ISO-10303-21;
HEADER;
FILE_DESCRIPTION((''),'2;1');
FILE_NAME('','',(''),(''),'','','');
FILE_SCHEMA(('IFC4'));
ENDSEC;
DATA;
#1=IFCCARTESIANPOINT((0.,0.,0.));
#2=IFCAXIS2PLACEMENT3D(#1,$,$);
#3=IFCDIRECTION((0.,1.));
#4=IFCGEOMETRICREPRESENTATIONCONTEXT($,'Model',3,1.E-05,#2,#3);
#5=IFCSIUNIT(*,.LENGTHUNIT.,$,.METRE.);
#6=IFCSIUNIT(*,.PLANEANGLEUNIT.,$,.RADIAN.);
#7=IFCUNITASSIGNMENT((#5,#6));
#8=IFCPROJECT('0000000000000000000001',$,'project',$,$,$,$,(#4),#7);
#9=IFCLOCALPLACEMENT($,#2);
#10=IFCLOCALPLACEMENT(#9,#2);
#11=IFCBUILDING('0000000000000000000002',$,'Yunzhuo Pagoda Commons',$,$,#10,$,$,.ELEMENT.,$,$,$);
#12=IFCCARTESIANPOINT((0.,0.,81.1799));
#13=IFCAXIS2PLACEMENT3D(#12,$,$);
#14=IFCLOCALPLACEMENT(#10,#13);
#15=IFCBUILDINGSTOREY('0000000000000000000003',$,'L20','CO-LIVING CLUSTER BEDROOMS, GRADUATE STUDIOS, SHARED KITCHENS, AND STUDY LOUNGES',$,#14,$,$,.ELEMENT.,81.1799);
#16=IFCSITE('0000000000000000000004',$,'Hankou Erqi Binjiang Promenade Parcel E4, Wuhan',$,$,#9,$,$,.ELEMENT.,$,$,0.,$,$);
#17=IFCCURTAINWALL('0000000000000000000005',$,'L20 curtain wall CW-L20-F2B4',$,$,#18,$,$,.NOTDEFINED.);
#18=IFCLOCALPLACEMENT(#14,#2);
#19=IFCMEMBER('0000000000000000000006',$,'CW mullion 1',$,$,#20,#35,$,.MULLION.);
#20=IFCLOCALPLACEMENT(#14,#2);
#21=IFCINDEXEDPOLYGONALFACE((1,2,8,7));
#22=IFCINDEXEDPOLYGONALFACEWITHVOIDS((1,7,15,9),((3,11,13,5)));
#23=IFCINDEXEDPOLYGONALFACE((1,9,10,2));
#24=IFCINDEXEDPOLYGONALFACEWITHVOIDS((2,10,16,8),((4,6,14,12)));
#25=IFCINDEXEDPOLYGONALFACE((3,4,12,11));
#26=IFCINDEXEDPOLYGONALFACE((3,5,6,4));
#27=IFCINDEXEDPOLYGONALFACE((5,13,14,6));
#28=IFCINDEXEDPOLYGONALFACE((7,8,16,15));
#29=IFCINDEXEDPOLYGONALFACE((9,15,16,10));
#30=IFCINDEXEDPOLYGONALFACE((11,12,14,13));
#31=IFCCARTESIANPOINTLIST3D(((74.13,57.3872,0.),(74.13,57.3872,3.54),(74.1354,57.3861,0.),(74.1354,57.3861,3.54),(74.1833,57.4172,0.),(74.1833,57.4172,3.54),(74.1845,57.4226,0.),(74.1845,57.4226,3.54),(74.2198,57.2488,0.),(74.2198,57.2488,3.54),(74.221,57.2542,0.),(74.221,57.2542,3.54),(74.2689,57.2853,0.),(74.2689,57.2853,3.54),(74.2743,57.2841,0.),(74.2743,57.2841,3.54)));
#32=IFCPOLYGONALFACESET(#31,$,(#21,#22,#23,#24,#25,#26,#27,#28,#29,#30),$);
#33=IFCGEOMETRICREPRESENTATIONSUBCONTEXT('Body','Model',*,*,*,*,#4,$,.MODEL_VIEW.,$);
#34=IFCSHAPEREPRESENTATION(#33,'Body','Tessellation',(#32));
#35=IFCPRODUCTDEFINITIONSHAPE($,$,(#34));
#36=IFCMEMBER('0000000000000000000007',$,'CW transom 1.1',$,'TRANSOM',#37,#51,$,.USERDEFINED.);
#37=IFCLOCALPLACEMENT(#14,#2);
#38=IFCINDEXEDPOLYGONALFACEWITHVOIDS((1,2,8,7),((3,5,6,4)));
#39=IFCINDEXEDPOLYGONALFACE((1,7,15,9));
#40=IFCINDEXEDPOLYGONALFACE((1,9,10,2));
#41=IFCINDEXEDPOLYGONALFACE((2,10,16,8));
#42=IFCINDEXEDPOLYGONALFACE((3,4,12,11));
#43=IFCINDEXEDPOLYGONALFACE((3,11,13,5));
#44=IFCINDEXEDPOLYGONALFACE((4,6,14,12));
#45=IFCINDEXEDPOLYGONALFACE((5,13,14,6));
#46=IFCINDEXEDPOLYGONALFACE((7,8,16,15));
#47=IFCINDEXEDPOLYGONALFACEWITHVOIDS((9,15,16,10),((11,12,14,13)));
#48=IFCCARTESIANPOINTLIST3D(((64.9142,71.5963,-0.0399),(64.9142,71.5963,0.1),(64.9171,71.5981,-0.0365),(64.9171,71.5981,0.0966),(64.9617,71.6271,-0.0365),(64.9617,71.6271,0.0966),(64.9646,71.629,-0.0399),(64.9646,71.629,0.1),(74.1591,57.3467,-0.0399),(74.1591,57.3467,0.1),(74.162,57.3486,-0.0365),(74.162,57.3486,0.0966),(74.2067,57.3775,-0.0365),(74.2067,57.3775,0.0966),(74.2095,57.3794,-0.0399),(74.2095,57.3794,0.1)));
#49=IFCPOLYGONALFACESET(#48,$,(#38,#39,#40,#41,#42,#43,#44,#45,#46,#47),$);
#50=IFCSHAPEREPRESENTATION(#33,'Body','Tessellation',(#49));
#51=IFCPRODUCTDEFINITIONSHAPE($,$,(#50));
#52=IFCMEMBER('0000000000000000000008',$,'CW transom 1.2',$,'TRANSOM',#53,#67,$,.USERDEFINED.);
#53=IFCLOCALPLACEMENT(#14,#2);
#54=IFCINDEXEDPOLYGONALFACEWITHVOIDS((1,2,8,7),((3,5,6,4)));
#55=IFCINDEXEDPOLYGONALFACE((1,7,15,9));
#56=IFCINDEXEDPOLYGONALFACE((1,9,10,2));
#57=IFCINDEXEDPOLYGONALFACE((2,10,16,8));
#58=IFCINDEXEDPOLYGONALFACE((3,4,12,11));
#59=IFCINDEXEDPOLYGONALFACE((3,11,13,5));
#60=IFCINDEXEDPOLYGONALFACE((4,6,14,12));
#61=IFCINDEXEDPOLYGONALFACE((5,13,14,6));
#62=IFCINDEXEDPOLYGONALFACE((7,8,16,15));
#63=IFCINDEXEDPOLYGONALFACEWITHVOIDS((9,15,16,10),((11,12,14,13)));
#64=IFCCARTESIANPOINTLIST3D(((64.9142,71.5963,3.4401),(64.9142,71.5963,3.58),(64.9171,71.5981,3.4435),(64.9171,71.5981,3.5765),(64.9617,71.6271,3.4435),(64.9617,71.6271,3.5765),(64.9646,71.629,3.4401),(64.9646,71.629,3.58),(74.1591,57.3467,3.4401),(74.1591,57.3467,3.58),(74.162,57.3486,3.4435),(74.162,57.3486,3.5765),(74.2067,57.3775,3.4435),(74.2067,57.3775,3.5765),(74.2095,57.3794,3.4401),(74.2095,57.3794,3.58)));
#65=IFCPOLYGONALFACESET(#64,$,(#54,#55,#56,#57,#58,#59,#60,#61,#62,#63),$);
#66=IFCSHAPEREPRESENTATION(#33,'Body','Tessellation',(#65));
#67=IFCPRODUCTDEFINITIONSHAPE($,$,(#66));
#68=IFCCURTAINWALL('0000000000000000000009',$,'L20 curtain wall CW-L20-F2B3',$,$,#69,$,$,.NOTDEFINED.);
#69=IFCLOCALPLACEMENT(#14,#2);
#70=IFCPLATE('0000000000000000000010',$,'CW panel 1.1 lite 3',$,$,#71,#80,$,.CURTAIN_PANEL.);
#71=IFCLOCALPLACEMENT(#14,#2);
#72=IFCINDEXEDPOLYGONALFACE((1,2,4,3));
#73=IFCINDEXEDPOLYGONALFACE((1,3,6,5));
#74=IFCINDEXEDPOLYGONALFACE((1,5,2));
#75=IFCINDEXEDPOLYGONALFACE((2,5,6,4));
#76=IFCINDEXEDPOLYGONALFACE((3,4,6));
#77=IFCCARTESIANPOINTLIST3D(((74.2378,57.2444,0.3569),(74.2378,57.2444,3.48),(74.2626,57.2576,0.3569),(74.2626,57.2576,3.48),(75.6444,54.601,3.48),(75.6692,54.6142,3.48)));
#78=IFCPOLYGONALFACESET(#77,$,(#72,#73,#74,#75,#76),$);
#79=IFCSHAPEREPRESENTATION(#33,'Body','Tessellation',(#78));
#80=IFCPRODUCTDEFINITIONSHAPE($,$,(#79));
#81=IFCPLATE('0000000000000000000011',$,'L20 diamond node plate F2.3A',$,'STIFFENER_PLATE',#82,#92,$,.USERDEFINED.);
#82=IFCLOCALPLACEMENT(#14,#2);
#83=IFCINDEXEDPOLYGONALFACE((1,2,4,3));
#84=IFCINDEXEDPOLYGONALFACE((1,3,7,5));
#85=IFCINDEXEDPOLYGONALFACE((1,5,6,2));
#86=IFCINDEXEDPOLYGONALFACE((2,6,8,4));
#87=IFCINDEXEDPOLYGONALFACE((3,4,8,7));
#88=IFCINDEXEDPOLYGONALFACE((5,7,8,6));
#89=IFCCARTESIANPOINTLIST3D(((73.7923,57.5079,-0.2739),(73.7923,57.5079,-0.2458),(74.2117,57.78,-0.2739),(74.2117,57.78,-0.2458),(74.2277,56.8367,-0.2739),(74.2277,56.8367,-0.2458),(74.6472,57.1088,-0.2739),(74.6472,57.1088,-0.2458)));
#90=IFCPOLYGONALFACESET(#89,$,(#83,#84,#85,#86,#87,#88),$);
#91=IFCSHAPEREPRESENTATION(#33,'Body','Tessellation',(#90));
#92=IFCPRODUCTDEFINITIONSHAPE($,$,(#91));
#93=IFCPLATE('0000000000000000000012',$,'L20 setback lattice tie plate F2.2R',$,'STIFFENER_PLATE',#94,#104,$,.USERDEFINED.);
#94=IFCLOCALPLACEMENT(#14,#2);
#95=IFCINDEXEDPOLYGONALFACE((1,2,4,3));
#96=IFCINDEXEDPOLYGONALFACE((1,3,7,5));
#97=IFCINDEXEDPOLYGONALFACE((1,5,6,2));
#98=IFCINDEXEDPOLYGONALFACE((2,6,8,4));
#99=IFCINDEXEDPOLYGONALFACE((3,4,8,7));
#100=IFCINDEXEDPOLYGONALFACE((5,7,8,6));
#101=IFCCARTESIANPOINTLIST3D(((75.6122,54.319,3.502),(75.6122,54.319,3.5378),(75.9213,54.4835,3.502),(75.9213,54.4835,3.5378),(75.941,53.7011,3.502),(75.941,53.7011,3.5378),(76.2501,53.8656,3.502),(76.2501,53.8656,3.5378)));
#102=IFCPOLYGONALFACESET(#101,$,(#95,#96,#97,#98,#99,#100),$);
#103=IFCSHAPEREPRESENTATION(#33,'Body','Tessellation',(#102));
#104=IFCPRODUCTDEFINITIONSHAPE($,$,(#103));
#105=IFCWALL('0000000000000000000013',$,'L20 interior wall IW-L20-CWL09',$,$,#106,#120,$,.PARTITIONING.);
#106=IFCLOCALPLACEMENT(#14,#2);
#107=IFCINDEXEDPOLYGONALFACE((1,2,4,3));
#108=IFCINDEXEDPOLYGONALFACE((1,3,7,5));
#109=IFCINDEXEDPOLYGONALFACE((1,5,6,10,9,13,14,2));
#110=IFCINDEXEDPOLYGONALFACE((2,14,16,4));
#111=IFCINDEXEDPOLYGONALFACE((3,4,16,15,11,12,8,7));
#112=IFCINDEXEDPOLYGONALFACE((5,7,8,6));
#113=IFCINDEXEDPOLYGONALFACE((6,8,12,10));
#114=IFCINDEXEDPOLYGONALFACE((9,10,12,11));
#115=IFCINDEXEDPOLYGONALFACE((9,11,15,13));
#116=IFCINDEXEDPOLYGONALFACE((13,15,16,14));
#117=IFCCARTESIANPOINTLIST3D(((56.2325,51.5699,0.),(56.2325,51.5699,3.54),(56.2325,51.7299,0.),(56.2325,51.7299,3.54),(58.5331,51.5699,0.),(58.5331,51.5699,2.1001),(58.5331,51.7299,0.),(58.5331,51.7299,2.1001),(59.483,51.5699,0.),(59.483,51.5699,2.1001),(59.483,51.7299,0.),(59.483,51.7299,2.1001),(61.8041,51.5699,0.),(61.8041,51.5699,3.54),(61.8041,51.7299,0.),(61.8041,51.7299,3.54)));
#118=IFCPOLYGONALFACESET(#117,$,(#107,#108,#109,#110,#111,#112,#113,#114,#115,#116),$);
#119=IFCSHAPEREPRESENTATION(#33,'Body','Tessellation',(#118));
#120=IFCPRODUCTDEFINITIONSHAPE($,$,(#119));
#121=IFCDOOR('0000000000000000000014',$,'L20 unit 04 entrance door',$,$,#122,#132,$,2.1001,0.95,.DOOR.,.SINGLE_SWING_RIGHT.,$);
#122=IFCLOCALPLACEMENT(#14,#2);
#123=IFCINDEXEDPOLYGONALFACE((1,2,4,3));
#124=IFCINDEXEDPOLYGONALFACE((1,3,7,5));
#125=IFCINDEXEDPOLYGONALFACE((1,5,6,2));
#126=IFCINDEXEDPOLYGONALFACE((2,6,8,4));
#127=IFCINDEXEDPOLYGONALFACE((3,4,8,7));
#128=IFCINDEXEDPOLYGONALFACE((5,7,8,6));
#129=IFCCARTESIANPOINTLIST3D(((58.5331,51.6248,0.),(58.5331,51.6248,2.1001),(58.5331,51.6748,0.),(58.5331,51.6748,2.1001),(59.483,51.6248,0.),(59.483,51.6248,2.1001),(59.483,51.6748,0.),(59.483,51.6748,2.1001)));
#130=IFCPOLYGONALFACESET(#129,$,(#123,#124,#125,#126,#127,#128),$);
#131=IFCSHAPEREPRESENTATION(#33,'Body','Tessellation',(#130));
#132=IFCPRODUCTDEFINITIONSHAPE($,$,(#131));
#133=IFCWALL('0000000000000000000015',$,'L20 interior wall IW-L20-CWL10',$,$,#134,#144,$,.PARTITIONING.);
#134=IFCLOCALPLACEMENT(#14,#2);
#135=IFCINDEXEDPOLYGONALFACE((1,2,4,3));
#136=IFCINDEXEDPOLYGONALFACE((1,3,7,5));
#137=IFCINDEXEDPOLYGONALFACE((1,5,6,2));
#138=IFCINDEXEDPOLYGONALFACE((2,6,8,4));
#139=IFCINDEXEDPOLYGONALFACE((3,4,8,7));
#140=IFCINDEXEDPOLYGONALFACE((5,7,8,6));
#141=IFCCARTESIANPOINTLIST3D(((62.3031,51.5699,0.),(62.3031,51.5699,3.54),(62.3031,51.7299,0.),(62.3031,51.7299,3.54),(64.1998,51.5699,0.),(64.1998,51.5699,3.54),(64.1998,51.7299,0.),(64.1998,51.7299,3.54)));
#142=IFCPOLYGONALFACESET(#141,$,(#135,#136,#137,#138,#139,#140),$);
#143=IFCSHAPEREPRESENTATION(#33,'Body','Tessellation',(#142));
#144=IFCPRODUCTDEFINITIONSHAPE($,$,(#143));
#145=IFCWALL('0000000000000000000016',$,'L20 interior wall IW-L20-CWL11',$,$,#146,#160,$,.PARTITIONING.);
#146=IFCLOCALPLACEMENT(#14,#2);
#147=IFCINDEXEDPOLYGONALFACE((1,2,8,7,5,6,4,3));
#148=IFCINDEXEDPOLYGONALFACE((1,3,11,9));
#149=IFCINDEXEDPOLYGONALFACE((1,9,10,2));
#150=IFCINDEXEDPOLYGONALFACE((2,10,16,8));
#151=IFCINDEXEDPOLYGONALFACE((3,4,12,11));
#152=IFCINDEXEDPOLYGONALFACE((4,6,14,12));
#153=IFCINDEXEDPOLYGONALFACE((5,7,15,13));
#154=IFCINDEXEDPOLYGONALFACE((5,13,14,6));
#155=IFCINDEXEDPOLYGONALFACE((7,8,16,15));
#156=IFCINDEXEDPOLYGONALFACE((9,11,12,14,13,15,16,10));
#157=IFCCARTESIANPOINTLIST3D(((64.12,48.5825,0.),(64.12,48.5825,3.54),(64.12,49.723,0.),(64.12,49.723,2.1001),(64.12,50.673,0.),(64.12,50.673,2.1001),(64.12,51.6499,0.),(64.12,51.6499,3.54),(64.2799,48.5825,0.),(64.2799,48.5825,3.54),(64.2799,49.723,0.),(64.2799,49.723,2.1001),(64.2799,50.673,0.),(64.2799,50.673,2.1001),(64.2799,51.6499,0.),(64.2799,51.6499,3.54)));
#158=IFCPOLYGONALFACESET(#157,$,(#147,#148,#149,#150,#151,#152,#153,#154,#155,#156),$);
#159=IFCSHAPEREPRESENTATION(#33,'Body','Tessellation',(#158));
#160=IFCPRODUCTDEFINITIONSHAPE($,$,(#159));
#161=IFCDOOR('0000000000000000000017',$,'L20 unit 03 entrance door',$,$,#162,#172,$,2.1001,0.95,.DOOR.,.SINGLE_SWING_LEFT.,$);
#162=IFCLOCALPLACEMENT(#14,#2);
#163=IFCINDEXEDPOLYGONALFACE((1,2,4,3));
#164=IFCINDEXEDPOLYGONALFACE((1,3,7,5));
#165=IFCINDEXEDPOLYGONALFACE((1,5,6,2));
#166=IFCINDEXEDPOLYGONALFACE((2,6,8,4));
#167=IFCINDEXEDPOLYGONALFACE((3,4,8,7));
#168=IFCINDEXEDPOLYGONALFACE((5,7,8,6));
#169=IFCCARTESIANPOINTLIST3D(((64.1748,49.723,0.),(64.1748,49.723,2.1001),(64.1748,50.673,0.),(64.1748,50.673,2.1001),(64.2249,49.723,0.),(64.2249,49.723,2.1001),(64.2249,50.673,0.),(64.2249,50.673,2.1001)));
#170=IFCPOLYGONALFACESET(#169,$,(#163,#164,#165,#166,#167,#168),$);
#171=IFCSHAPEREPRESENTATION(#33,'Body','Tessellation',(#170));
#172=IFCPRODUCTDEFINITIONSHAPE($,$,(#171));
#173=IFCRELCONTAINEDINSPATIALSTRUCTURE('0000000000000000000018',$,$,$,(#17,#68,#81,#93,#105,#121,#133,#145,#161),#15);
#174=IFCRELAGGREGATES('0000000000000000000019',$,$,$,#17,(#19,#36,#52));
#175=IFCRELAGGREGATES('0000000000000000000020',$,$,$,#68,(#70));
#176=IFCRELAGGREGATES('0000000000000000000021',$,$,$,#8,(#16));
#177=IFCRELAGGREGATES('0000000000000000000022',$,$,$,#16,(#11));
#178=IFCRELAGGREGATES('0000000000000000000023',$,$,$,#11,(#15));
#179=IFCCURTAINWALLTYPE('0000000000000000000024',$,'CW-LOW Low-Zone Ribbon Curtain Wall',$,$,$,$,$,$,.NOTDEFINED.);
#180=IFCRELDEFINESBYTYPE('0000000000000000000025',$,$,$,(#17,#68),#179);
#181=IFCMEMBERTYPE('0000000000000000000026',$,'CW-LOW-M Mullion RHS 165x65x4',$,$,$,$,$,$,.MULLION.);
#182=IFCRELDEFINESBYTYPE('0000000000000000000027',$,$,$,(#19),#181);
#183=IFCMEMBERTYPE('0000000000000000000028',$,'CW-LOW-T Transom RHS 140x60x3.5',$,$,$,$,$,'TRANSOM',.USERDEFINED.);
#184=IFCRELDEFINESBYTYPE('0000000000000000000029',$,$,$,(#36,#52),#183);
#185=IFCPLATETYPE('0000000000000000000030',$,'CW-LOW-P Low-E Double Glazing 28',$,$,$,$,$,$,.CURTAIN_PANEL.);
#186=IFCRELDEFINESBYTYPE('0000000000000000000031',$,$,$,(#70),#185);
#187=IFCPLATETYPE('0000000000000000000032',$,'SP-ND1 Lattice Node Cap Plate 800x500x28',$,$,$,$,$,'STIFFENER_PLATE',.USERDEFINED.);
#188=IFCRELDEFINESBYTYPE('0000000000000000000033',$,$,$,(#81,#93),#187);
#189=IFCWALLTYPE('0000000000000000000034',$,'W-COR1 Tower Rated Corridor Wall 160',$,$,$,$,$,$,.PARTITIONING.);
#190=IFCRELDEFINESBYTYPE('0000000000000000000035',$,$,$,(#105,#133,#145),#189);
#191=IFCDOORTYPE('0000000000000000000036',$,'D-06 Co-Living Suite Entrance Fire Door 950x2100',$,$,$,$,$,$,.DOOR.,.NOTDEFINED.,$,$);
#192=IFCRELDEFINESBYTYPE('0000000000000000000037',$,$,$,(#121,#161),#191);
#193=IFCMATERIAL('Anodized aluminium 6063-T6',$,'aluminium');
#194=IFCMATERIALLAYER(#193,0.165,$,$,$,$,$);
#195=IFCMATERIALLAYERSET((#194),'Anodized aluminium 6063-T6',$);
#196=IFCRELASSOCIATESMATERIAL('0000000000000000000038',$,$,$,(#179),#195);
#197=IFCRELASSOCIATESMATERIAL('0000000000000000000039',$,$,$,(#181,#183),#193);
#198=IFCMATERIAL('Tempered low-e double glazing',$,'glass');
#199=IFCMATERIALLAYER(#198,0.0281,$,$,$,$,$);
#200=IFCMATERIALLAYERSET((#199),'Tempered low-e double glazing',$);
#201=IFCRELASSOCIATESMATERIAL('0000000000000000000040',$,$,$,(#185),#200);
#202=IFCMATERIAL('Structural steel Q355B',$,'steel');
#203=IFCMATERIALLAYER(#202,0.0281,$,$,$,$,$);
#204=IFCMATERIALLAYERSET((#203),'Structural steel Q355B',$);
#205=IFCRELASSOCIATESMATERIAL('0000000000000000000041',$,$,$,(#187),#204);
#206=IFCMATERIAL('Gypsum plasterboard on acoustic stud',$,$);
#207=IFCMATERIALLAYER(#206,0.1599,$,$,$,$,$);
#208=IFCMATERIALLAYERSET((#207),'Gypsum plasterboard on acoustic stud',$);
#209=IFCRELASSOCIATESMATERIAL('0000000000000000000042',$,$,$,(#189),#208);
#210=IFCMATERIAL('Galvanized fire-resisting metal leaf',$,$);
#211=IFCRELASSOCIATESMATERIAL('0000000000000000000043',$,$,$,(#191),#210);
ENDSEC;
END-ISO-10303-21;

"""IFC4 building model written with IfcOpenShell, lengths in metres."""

from ifc_helpers import new_model, si_unit, direction, frame, frame_2d, origin, origin_with_axes, origin_2d, place, context, subcontext, project, spatial, polyline, rectangle, hollow_rectangle, outline, extrude, source, transform, mapped, material, layer, layer_set, material_profile, profile_set, type_object, element, fill, aggregate, save


model = new_model("IFC4")

# Units and contexts
model_context = context("Model", 3, precision=1e-05, world=origin(), true_north=direction((0.0, 1.0)))
body_context = subcontext(model_context, "Body", "Model", "MODEL_VIEW")
ifc_project = project(units=[si_unit("LENGTHUNIT", "METRE"), si_unit("PLANEANGLEUNIT", "RADIAN")], contexts=[model_context])

# Site, building, storey
site_placement = place(None, origin())
site = spatial("IfcSite", under=ifc_project, at=site_placement, Name="Hankou Erqi Binjiang Promenade Parcel E4, Wuhan", CompositionType="ELEMENT", RefElevation=0.0)
building_placement = place(site_placement, origin())
building = spatial("IfcBuilding", under=site, at=building_placement, Name="Yunzhuo Pagoda Commons", CompositionType="ELEMENT")
storey_placement = place(building_placement, frame((0.0, 0.0, 81.1799)))
storey = spatial("IfcBuildingStorey", under=building, at=storey_placement, Name="L20", Description="CO-LIVING CLUSTER BEDROOMS, GRADUATE STUDIOS, SHARED KITCHENS, AND STUDY LOUNGES", CompositionType="ELEMENT", Elevation=81.1799)

# Shared definitions
ifc_material_1 = material(Name="Structural steel Q355B", Category="steel")

# Curtain wall, members
ifc_material_2 = material(Name="Anodized aluminium 6063-T6", Category="aluminium")
ifc_layer_1 = layer(ifc_material_2, 0.165)
ifc_layer_set_1 = layer_set([ifc_layer_1], Name="Anodized aluminium 6063-T6")
curtain_wall_type = type_object("IfcCurtainWallType", Name="CW-LOW Low-Zone Ribbon Curtain Wall", PredefinedType="NOTDEFINED", material=ifc_layer_set_1)
curtain_wall_1_placement = place(storey_placement, origin())
curtain_wall_1 = element("IfcCurtainWall", 1, at=curtain_wall_1_placement, inside=storey, type_object=curtain_wall_type, Name="L20 curtain wall CW-L20-F2B4", PredefinedType="NOTDEFINED")
ifc_material_profile_1 = material_profile(ifc_material_2, hollow_rectangle(XDim=0.0649, YDim=0.165, WallThickness=0.0039, at=origin_2d()), Name="Anodized aluminium 6063-T6")
ifc_profile_set_1 = profile_set([ifc_material_profile_1], Name="Anodized aluminium 6063-T6")
member_type_1 = type_object("IfcMemberType", Name="CW-LOW-M Mullion RHS 165x65x4", PredefinedType="MULLION", material=ifc_profile_set_1)
shared_shape_1 = source(origin(), body_context, "Body", "SweptSolid", [
    extrude(hollow_rectangle(XDim=0.0649, YDim=0.165, WallThickness=0.0039, at=origin_2d()), origin(), (0.0, 0.0, 1.0), 3.54),
])
member_1_placement = place(storey_placement, frame((74.2021, 57.3357, 0.0), z_axis=(0.0, 0.0, 1.0), x_axis=(-0.838907, -0.544275, 0.0)))
member_1 = element("IfcMember", 2, at=member_1_placement, type_object=member_type_1, Name="CW mullion 1", PredefinedType="MULLION", context=body_context, shape_type="MappedRepresentation", body=[
    mapped(shared_shape_1, transform((0.0, 0.0, 0.0), scale=1.0)),
])
ifc_material_profile_2 = material_profile(ifc_material_2, hollow_rectangle(XDim=0.0601, YDim=0.1399, WallThickness=0.0034, at=origin_2d()), Name="Anodized aluminium 6063-T6")
ifc_profile_set_2 = profile_set([ifc_material_profile_2], Name="Anodized aluminium 6063-T6")
member_type_2 = type_object("IfcMemberType", Name="CW-LOW-T Transom RHS 140x60x3.5", ElementType="TRANSOM", PredefinedType="USERDEFINED", material=ifc_profile_set_2)
shared_shape_2 = source(origin(), body_context, "Body", "SweptSolid", [
    extrude(hollow_rectangle(XDim=0.0601, YDim=0.1399, WallThickness=0.0034, at=origin_2d()), origin(), (0.0, 0.0, 1.0), 16.9858),
])
member_2_placement = place(storey_placement, frame((74.1843, 57.363, 0.03), z_axis=(-0.544272, 0.838909, 0.0), x_axis=(-0.838909, -0.544272, 0.0)))
member_2 = element("IfcMember", 3, at=member_2_placement, type_object=member_type_2, Name="CW transom 1.1", ObjectType="TRANSOM", PredefinedType="USERDEFINED", context=body_context, shape_type="MappedRepresentation", body=[
    mapped(shared_shape_2, transform((0.0, 0.0, 0.0), scale=1.0)),
])
member_3_placement = place(storey_placement, frame((74.1843, 57.363, 3.51), z_axis=(-0.544272, 0.838909, 0.0), x_axis=(-0.838909, -0.544272, 0.0)))
member_3 = element("IfcMember", 4, at=member_3_placement, type_object=member_type_2, Name="CW transom 1.2", ObjectType="TRANSOM", PredefinedType="USERDEFINED", context=body_context, shape_type="MappedRepresentation", body=[
    mapped(shared_shape_2, transform((0.0, 0.0, 0.0), scale=1.0)),
])
aggregate(curtain_wall_1, [member_1, member_2, member_3])

# Curtain wall, plate
curtain_wall_2_placement = place(storey_placement, origin())
curtain_wall_2 = element("IfcCurtainWall", 5, at=curtain_wall_2_placement, inside=storey, type_object=curtain_wall_type, Name="L20 curtain wall CW-L20-F2B3", PredefinedType="NOTDEFINED")
ifc_material_3 = material(Name="Tempered low-e double glazing", Category="glass")
ifc_layer_2 = layer(ifc_material_3, 0.0281)
ifc_layer_set_2 = layer_set([ifc_layer_2], Name="Tempered low-e double glazing")
plate_type_1 = type_object("IfcPlateType", Name="CW-LOW-P Low-E Double Glazing 28", PredefinedType="CURTAIN_PANEL", material=ifc_layer_set_2)
plate_1_placement = place(storey_placement, frame((74.9412, 55.9226, 1.9185), z_axis=(0.882805, 0.46974, 0.0), x_axis=(-0.46974, 0.882805, 0.0)))
plate_1 = element("IfcPlate", 6, at=plate_1_placement, type_object=plate_type_1, Name="CW panel 1.1 lite 3", PredefinedType="CURTAIN_PANEL", context=body_context, shape_type="SweptSolid", body=[
    extrude(outline(polyline([(-1.4971, 1.5615), (1.4973, -1.5615), (1.4973, 1.5615), (-1.4971, 1.5615)])), origin(), (0.0, 0.0, 1.0), 0.0281),
])
aggregate(curtain_wall_2, [plate_1])

# Plates
ifc_layer_3 = layer(ifc_material_1, 0.0281)
ifc_layer_set_3 = layer_set([ifc_layer_3], Name="Structural steel Q355B")
plate_type_2 = type_object("IfcPlateType", Name="SP-ND1 Lattice Node Cap Plate 800x500x28", ElementType="STIFFENER_PLATE", PredefinedType="USERDEFINED", material=ifc_layer_set_3)
shared_shape_3 = source(origin(), body_context, "Body", "SweptSolid", [
    extrude(rectangle(XDim=0.8, YDim=0.5, at=origin_2d()), origin(), (0.0, 0.0, 1.0), 0.0281),
])
plate_2_placement = place(storey_placement, frame((74.2197, 57.3083, -0.2739), z_axis=(0.0, 0.0, 1.0), x_axis=(-0.544273, 0.838908, 0.0)))
element("IfcPlate", 7, at=plate_2_placement, inside=storey, type_object=plate_type_2, Name="L20 diamond node plate F2.3A", ObjectType="STIFFENER_PLATE", PredefinedType="USERDEFINED", context=body_context, shape_type="MappedRepresentation", body=[
    mapped(shared_shape_3, transform((0.0, 0.0, 0.0), scale=1.0)),
])
shared_shape_4 = source(origin(), body_context, "Body", "SweptSolid", [
    extrude(rectangle(XDim=0.7, YDim=0.3501, at=origin_2d()), origin(), (0.0, 0.0, 1.0), 0.0359),
])
plate_3_placement = place(storey_placement, frame((75.9312, 54.0923, 3.502), z_axis=(0.0, 0.0, 1.0), x_axis=(-0.469734, 0.882808, 0.0)))
element("IfcPlate", 8, at=plate_3_placement, inside=storey, type_object=plate_type_2, Name="L20 setback lattice tie plate F2.2R", ObjectType="STIFFENER_PLATE", PredefinedType="USERDEFINED", context=body_context, shape_type="MappedRepresentation", body=[
    mapped(shared_shape_4, transform((0.0, 0.0, 0.0), scale=1.0)),
])

# Wall, opening, door
ifc_material_4 = material(Name="Gypsum plasterboard on acoustic stud")
ifc_layer_4 = layer(ifc_material_4, 0.1599)
ifc_layer_set_4 = layer_set([ifc_layer_4], Name="Gypsum plasterboard on acoustic stud")
wall_type_1 = type_object("IfcWallType", Name="W-COR1 Tower Rated Corridor Wall 160", PredefinedType="PARTITIONING", material=ifc_layer_set_4)
wall_1_placement = place(storey_placement, frame((56.2327, 51.6499, 0.0), z_axis=(0.0, 0.0, 1.0), x_axis=(1.0, 0.0, 0.0)))
wall_1 = element("IfcWall", 9, at=wall_1_placement, inside=storey, type_object=wall_type_1, Name="L20 interior wall IW-L20-CWL09", PredefinedType="PARTITIONING", context=body_context, shape_type="SweptSolid", body=[
    extrude(rectangle(XDim=5.5715, YDim=0.1599, at=frame_2d((2.7856, 0.0))), origin(), (0.0, 0.0, 1.0), 3.54),
])
opening_1_placement = place(wall_1_placement, frame((2.3003, 0.0, 0.0)))
opening_1 = element("IfcOpeningElement", 10, at=opening_1_placement, cuts=wall_1, PredefinedType="OPENING", context=body_context, shape_type="SweptSolid", body=[
    extrude(rectangle(XDim=0.95, YDim=2.1001, at=frame_2d((0.4751, 1.05))), frame((0.0, 0.0898, 0.0), z_axis=(0.0, -1.0, 0.0), x_axis=(1.0, 0.0, 0.0)), (0.0, 0.0, 1.0), 0.1799),
])
ifc_material_5 = material(Name="Galvanized fire-resisting metal leaf")
door_type_1 = type_object("IfcDoorType", Name="D-06 Co-Living Suite Entrance Fire Door 950x2100", OperationType="NOTDEFINED", PredefinedType="DOOR", material=ifc_material_5)
shared_shape_5 = source(origin(), body_context, "Body", "SweptSolid", [
    extrude(rectangle(XDim=0.95, YDim=2.1001, at=frame_2d((0.4751, 1.05))), frame((0.0, 0.0249, 0.0), z_axis=(0.0, -1.0, 0.0), x_axis=(1.0, 0.0, 0.0)), (0.0, 0.0, 1.0), 0.05),
])
door_1_placement = place(opening_1_placement, origin_with_axes())
door_1 = element("IfcDoor", 11, at=door_1_placement, inside=storey, type_object=door_type_1, Name="L20 unit 04 entrance door", OperationType="SINGLE_SWING_RIGHT", OverallHeight=2.1001, OverallWidth=0.95, PredefinedType="DOOR", context=body_context, shape_type="MappedRepresentation", body=[
    mapped(shared_shape_5, transform((0.0, 0.0, 0.0), scale=1.0)),
])
fill(opening_1, door_1)

# Wall
wall_2_placement = place(storey_placement, frame((62.3032, 51.6499, 0.0), z_axis=(0.0, 0.0, 1.0), x_axis=(1.0, 0.0, 0.0)))
element("IfcWall", 12, at=wall_2_placement, inside=storey, type_object=wall_type_1, Name="L20 interior wall IW-L20-CWL10", PredefinedType="PARTITIONING", context=body_context, shape_type="SweptSolid", body=[
    extrude(rectangle(XDim=1.8967, YDim=0.1599, at=frame_2d((0.9482, 0.0))), origin(), (0.0, 0.0, 1.0), 3.54),
])

# Wall, opening, door
wall_3_placement = place(storey_placement, frame((64.2, 51.6499, 0.0), z_axis=(0.0, 0.0, 1.0), x_axis=(0.0, -1.0, 0.0)))
wall_3 = element("IfcWall", 13, at=wall_3_placement, inside=storey, type_object=wall_type_1, Name="L20 interior wall IW-L20-CWL11", PredefinedType="PARTITIONING", context=body_context, shape_type="SweptSolid", body=[
    extrude(rectangle(XDim=3.0674, YDim=0.1599, at=frame_2d((1.5337, 0.0))), origin(), (0.0, 0.0, 1.0), 3.54),
])
opening_2_placement = place(wall_3_placement, frame((0.9768, 0.0, 0.0)))
opening_2 = element("IfcOpeningElement", 14, at=opening_2_placement, cuts=wall_3, PredefinedType="OPENING", context=body_context, shape_type="SweptSolid", body=[
    extrude(rectangle(XDim=0.95, YDim=2.1001, at=frame_2d((0.4751, 1.05))), frame((0.0, 0.0898, 0.0), z_axis=(0.0, -1.0, 0.0), x_axis=(1.0, 0.0, 0.0)), (0.0, 0.0, 1.0), 0.1799),
])
door_2_placement = place(opening_2_placement, origin_with_axes())
door_2 = element("IfcDoor", 15, at=door_2_placement, inside=storey, type_object=door_type_1, Name="L20 unit 03 entrance door", OperationType="SINGLE_SWING_LEFT", OverallHeight=2.1001, OverallWidth=0.95, PredefinedType="DOOR", context=body_context, shape_type="MappedRepresentation", body=[
    mapped(shared_shape_5, transform((0.0, 0.0, 0.0), scale=1.0)),
])
fill(opening_2, door_2)

save(model, "model.ifc")
